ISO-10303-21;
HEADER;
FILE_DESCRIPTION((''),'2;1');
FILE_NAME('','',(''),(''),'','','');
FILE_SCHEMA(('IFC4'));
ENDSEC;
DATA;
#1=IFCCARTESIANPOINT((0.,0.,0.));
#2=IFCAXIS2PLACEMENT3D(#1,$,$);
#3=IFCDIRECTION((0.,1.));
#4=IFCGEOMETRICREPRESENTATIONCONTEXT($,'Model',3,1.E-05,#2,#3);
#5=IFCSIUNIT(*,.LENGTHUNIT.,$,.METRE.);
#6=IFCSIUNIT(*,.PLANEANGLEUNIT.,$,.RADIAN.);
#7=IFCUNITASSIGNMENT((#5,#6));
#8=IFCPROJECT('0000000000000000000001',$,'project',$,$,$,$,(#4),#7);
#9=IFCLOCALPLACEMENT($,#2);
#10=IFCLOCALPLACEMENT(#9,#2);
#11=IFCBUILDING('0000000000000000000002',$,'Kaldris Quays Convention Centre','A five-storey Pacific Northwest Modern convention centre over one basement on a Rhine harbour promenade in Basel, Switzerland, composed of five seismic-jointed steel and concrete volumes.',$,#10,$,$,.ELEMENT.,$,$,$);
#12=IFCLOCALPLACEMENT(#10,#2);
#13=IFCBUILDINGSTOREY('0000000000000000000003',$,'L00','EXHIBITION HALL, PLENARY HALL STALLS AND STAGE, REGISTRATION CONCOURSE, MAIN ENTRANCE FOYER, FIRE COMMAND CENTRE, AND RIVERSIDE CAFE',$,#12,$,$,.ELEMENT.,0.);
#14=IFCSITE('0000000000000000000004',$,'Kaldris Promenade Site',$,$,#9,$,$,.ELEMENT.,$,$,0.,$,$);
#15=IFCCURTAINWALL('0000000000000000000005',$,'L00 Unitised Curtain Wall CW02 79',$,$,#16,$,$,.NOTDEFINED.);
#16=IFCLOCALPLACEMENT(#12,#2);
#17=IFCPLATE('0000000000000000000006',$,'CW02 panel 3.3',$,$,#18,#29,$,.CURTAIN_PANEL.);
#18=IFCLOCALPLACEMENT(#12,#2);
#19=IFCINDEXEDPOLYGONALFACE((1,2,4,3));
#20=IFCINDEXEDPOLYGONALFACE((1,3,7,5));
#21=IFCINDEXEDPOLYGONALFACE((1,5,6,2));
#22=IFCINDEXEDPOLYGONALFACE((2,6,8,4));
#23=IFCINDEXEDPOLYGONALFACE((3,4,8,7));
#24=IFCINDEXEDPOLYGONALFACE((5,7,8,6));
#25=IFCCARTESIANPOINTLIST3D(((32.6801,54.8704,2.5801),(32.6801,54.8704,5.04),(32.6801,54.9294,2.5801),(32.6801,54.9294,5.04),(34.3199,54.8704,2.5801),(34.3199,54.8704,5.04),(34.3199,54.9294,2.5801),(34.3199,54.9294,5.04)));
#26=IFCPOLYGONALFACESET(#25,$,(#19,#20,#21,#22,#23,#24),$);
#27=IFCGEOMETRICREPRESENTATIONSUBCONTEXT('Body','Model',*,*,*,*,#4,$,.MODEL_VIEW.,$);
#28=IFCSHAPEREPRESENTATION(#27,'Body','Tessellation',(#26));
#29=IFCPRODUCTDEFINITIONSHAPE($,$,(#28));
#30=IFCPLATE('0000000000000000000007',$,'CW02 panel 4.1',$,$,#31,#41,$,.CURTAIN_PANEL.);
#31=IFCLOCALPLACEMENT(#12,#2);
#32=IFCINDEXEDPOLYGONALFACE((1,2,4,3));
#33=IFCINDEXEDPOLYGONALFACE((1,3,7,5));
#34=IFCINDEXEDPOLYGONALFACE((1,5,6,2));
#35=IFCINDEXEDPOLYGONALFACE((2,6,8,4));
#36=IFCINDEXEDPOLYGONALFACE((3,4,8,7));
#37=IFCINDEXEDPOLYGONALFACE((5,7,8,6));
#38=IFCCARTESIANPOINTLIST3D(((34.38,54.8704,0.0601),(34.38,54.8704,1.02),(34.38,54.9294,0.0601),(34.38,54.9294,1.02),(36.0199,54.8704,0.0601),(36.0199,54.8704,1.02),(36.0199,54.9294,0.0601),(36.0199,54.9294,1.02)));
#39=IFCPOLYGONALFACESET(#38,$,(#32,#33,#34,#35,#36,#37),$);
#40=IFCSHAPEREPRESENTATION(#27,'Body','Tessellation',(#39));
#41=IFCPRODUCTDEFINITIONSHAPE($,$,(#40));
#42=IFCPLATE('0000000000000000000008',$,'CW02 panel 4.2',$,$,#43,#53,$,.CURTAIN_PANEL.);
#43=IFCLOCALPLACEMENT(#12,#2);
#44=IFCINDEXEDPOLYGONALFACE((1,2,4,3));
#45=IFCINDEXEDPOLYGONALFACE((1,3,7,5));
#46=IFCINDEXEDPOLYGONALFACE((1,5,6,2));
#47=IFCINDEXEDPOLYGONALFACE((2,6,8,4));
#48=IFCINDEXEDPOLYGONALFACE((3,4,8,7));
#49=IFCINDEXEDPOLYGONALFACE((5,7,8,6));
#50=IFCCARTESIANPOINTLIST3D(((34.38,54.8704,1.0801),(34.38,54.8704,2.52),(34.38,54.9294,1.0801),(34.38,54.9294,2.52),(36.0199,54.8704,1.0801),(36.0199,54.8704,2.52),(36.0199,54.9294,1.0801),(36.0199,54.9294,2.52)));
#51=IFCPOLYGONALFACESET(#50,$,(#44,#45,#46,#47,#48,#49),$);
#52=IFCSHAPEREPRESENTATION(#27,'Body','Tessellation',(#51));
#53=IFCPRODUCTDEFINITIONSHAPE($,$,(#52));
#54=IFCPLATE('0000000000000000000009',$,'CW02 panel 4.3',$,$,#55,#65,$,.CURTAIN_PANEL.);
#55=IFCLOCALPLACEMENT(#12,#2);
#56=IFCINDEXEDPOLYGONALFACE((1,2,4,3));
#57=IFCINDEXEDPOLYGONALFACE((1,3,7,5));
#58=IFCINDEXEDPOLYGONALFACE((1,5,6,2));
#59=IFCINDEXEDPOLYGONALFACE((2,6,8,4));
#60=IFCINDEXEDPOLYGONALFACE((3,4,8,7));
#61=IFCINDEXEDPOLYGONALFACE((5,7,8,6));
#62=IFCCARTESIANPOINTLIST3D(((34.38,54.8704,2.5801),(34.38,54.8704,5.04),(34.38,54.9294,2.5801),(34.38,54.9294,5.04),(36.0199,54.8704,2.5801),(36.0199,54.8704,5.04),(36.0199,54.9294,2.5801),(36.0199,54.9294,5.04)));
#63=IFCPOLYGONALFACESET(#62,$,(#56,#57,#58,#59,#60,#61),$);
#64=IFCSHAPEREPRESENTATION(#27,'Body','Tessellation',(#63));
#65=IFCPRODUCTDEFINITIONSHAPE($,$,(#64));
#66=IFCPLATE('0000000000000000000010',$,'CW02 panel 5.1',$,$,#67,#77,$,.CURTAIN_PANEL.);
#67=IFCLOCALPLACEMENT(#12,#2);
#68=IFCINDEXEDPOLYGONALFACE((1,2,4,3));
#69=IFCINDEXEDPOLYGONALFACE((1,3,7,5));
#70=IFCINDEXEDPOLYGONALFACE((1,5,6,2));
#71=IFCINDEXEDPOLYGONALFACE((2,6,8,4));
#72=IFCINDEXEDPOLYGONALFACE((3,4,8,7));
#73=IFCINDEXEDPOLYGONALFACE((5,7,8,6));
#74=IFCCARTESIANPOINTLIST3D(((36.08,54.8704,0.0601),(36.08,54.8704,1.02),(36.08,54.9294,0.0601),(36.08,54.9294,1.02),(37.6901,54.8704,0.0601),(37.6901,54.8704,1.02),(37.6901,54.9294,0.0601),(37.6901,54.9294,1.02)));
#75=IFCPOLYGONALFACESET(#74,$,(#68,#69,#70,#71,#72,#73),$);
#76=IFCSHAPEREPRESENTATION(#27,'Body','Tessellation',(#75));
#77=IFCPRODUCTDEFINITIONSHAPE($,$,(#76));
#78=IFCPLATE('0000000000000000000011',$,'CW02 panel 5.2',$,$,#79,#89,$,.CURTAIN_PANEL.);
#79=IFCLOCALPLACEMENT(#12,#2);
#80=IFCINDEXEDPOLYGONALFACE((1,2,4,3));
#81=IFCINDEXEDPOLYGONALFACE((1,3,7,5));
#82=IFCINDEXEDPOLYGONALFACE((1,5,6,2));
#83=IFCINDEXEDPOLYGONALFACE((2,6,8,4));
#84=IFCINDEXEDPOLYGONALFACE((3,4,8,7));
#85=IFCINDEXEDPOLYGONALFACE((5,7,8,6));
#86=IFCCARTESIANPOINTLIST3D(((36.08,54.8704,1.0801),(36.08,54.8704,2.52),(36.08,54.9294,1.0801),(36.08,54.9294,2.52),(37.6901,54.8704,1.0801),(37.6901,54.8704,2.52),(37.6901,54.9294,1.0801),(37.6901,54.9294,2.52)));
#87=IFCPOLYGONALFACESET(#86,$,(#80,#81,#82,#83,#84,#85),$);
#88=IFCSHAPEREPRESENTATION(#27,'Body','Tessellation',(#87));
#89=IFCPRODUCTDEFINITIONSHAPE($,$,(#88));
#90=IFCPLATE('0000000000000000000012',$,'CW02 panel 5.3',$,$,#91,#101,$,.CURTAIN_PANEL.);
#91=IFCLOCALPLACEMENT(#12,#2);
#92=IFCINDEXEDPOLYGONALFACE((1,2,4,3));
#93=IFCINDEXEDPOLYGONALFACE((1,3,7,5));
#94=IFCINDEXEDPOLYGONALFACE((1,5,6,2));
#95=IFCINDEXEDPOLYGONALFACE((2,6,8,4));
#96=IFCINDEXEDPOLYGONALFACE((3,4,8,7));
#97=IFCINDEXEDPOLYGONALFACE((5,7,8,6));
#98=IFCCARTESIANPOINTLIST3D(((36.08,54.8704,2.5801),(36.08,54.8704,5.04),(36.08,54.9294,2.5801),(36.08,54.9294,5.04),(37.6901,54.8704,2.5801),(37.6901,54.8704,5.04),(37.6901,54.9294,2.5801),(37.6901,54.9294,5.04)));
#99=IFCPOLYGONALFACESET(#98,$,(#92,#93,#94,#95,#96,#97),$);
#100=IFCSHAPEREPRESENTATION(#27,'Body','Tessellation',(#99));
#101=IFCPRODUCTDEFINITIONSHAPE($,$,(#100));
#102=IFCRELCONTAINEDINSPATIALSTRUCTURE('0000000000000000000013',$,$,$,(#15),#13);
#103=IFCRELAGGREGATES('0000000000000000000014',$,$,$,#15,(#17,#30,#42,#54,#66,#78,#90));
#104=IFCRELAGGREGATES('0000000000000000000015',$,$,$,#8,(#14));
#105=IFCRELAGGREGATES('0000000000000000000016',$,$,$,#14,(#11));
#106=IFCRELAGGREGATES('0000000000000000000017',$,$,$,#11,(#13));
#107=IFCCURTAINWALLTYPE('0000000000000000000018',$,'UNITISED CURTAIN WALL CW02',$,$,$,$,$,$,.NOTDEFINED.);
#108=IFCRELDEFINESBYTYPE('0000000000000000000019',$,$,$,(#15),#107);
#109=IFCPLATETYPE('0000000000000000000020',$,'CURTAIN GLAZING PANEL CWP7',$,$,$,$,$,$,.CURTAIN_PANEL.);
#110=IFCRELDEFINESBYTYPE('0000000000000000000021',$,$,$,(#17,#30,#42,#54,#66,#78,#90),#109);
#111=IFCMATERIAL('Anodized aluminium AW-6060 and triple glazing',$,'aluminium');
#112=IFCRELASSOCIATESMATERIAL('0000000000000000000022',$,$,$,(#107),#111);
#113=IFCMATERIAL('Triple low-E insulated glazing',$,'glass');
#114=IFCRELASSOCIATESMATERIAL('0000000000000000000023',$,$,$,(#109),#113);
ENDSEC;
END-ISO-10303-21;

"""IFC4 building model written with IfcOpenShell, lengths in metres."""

from ifc_helpers import new_model, si_unit, direction, frame, origin, origin_2d, place, context, subcontext, project, spatial, rectangle, extrude, material, type_object, element, aggregate, save


model = new_model("IFC4")

# Units and contexts
model_context = context("Model", 3, precision=1e-05, world=origin(), true_north=direction((0.0, 1.0)))
body_context = subcontext(model_context, "Body", "Model", "MODEL_VIEW")
ifc_project = project(units=[si_unit("LENGTHUNIT", "METRE"), si_unit("PLANEANGLEUNIT", "RADIAN")], contexts=[model_context])

# Site, building, storey
site_placement = place(None, origin())
site = spatial("IfcSite", under=ifc_project, at=site_placement, Name="Kaldris Promenade Site", CompositionType="ELEMENT", RefElevation=0.0)
building_placement = place(site_placement, origin())
building = spatial("IfcBuilding", under=site, at=building_placement, Name="Kaldris Quays Convention Centre", Description="A five-storey Pacific Northwest Modern convention centre over one basement on a Rhine harbour promenade in Basel, Switzerland, composed of five seismic-jointed steel and concrete volumes.", CompositionType="ELEMENT")
storey_placement = place(building_placement, origin())
storey = spatial("IfcBuildingStorey", under=building, at=storey_placement, Name="L00", Description="EXHIBITION HALL, PLENARY HALL STALLS AND STAGE, REGISTRATION CONCOURSE, MAIN ENTRANCE FOYER, FIRE COMMAND CENTRE, AND RIVERSIDE CAFE", CompositionType="ELEMENT", Elevation=0.0)

# Curtain wall
ifc_material_1 = material(Name="Anodized aluminium AW-6060 and triple glazing", Category="aluminium")
curtain_wall_type = type_object("IfcCurtainWallType", Name="UNITISED CURTAIN WALL CW02", PredefinedType="NOTDEFINED", material=ifc_material_1)
curtain_wall_placement = place(storey_placement, origin())
curtain_wall = element("IfcCurtainWall", 1, at=curtain_wall_placement, inside=storey, type_object=curtain_wall_type, Name="L00 Unitised Curtain Wall CW02 79", PredefinedType="NOTDEFINED")

# Plates
ifc_material_2 = material(Name="Triple low-E insulated glazing", Category="glass")
plate_type = type_object("IfcPlateType", Name="CURTAIN GLAZING PANEL CWP7", PredefinedType="CURTAIN_PANEL", material=ifc_material_2)
plate_1_placement = place(storey_placement, frame((33.5, 54.8999, 2.5801), z_axis=(0.0, 0.0, 1.0), x_axis=(1.0, 0.0, 0.0)))
plate_1 = element("IfcPlate", 2, at=plate_1_placement, type_object=plate_type, Name="CW02 panel 3.3", PredefinedType="CURTAIN_PANEL", context=body_context, shape_type="SweptSolid", body=[
    extrude(rectangle(XDim=1.6399, YDim=0.0591, at=origin_2d()), origin(), (0.0, 0.0, 1.0), 2.46),
])
plate_2_placement = place(storey_placement, frame((35.2, 54.8999, 0.0601), z_axis=(0.0, 0.0, 1.0), x_axis=(1.0, 0.0, 0.0)))
plate_2 = element("IfcPlate", 3, at=plate_2_placement, type_object=plate_type, Name="CW02 panel 4.1", PredefinedType="CURTAIN_PANEL", context=body_context, shape_type="SweptSolid", body=[
    extrude(rectangle(XDim=1.6399, YDim=0.0591, at=origin_2d()), origin(), (0.0, 0.0, 1.0), 0.96),
])
plate_3_placement = place(storey_placement, frame((35.2, 54.8999, 1.0801), z_axis=(0.0, 0.0, 1.0), x_axis=(1.0, 0.0, 0.0)))
plate_3 = element("IfcPlate", 4, at=plate_3_placement, type_object=plate_type, Name="CW02 panel 4.2", PredefinedType="CURTAIN_PANEL", context=body_context, shape_type="SweptSolid", body=[
    extrude(rectangle(XDim=1.6399, YDim=0.0591, at=origin_2d()), origin(), (0.0, 0.0, 1.0), 1.4399),
])
plate_4_placement = place(storey_placement, frame((35.2, 54.8999, 2.5801), z_axis=(0.0, 0.0, 1.0), x_axis=(1.0, 0.0, 0.0)))
plate_4 = element("IfcPlate", 5, at=plate_4_placement, type_object=plate_type, Name="CW02 panel 4.3", PredefinedType="CURTAIN_PANEL", context=body_context, shape_type="SweptSolid", body=[
    extrude(rectangle(XDim=1.6399, YDim=0.0591, at=origin_2d()), origin(), (0.0, 0.0, 1.0), 2.46),
])
plate_5_placement = place(storey_placement, frame((36.885, 54.8999, 0.0601), z_axis=(0.0, 0.0, 1.0), x_axis=(1.0, 0.0, 0.0)))
plate_5 = element("IfcPlate", 6, at=plate_5_placement, type_object=plate_type, Name="CW02 panel 5.1", PredefinedType="CURTAIN_PANEL", context=body_context, shape_type="SweptSolid", body=[
    extrude(rectangle(XDim=1.6101, YDim=0.0591, at=origin_2d()), origin(), (0.0, 0.0, 1.0), 0.96),
])
plate_6_placement = place(storey_placement, frame((36.885, 54.8999, 1.0801), z_axis=(0.0, 0.0, 1.0), x_axis=(1.0, 0.0, 0.0)))
plate_6 = element("IfcPlate", 7, at=plate_6_placement, type_object=plate_type, Name="CW02 panel 5.2", PredefinedType="CURTAIN_PANEL", context=body_context, shape_type="SweptSolid", body=[
    extrude(rectangle(XDim=1.6101, YDim=0.0591, at=origin_2d()), origin(), (0.0, 0.0, 1.0), 1.4399),
])
plate_7_placement = place(storey_placement, frame((36.885, 54.8999, 2.5801), z_axis=(0.0, 0.0, 1.0), x_axis=(1.0, 0.0, 0.0)))
plate_7 = element("IfcPlate", 8, at=plate_7_placement, type_object=plate_type, Name="CW02 panel 5.3", PredefinedType="CURTAIN_PANEL", context=body_context, shape_type="SweptSolid", body=[
    extrude(rectangle(XDim=1.6101, YDim=0.0591, at=origin_2d()), origin(), (0.0, 0.0, 1.0), 2.46),
])
aggregate(curtain_wall, [plate_1, plate_2, plate_3, plate_4, plate_5, plate_6, plate_7])

save(model, "model.ifc")
